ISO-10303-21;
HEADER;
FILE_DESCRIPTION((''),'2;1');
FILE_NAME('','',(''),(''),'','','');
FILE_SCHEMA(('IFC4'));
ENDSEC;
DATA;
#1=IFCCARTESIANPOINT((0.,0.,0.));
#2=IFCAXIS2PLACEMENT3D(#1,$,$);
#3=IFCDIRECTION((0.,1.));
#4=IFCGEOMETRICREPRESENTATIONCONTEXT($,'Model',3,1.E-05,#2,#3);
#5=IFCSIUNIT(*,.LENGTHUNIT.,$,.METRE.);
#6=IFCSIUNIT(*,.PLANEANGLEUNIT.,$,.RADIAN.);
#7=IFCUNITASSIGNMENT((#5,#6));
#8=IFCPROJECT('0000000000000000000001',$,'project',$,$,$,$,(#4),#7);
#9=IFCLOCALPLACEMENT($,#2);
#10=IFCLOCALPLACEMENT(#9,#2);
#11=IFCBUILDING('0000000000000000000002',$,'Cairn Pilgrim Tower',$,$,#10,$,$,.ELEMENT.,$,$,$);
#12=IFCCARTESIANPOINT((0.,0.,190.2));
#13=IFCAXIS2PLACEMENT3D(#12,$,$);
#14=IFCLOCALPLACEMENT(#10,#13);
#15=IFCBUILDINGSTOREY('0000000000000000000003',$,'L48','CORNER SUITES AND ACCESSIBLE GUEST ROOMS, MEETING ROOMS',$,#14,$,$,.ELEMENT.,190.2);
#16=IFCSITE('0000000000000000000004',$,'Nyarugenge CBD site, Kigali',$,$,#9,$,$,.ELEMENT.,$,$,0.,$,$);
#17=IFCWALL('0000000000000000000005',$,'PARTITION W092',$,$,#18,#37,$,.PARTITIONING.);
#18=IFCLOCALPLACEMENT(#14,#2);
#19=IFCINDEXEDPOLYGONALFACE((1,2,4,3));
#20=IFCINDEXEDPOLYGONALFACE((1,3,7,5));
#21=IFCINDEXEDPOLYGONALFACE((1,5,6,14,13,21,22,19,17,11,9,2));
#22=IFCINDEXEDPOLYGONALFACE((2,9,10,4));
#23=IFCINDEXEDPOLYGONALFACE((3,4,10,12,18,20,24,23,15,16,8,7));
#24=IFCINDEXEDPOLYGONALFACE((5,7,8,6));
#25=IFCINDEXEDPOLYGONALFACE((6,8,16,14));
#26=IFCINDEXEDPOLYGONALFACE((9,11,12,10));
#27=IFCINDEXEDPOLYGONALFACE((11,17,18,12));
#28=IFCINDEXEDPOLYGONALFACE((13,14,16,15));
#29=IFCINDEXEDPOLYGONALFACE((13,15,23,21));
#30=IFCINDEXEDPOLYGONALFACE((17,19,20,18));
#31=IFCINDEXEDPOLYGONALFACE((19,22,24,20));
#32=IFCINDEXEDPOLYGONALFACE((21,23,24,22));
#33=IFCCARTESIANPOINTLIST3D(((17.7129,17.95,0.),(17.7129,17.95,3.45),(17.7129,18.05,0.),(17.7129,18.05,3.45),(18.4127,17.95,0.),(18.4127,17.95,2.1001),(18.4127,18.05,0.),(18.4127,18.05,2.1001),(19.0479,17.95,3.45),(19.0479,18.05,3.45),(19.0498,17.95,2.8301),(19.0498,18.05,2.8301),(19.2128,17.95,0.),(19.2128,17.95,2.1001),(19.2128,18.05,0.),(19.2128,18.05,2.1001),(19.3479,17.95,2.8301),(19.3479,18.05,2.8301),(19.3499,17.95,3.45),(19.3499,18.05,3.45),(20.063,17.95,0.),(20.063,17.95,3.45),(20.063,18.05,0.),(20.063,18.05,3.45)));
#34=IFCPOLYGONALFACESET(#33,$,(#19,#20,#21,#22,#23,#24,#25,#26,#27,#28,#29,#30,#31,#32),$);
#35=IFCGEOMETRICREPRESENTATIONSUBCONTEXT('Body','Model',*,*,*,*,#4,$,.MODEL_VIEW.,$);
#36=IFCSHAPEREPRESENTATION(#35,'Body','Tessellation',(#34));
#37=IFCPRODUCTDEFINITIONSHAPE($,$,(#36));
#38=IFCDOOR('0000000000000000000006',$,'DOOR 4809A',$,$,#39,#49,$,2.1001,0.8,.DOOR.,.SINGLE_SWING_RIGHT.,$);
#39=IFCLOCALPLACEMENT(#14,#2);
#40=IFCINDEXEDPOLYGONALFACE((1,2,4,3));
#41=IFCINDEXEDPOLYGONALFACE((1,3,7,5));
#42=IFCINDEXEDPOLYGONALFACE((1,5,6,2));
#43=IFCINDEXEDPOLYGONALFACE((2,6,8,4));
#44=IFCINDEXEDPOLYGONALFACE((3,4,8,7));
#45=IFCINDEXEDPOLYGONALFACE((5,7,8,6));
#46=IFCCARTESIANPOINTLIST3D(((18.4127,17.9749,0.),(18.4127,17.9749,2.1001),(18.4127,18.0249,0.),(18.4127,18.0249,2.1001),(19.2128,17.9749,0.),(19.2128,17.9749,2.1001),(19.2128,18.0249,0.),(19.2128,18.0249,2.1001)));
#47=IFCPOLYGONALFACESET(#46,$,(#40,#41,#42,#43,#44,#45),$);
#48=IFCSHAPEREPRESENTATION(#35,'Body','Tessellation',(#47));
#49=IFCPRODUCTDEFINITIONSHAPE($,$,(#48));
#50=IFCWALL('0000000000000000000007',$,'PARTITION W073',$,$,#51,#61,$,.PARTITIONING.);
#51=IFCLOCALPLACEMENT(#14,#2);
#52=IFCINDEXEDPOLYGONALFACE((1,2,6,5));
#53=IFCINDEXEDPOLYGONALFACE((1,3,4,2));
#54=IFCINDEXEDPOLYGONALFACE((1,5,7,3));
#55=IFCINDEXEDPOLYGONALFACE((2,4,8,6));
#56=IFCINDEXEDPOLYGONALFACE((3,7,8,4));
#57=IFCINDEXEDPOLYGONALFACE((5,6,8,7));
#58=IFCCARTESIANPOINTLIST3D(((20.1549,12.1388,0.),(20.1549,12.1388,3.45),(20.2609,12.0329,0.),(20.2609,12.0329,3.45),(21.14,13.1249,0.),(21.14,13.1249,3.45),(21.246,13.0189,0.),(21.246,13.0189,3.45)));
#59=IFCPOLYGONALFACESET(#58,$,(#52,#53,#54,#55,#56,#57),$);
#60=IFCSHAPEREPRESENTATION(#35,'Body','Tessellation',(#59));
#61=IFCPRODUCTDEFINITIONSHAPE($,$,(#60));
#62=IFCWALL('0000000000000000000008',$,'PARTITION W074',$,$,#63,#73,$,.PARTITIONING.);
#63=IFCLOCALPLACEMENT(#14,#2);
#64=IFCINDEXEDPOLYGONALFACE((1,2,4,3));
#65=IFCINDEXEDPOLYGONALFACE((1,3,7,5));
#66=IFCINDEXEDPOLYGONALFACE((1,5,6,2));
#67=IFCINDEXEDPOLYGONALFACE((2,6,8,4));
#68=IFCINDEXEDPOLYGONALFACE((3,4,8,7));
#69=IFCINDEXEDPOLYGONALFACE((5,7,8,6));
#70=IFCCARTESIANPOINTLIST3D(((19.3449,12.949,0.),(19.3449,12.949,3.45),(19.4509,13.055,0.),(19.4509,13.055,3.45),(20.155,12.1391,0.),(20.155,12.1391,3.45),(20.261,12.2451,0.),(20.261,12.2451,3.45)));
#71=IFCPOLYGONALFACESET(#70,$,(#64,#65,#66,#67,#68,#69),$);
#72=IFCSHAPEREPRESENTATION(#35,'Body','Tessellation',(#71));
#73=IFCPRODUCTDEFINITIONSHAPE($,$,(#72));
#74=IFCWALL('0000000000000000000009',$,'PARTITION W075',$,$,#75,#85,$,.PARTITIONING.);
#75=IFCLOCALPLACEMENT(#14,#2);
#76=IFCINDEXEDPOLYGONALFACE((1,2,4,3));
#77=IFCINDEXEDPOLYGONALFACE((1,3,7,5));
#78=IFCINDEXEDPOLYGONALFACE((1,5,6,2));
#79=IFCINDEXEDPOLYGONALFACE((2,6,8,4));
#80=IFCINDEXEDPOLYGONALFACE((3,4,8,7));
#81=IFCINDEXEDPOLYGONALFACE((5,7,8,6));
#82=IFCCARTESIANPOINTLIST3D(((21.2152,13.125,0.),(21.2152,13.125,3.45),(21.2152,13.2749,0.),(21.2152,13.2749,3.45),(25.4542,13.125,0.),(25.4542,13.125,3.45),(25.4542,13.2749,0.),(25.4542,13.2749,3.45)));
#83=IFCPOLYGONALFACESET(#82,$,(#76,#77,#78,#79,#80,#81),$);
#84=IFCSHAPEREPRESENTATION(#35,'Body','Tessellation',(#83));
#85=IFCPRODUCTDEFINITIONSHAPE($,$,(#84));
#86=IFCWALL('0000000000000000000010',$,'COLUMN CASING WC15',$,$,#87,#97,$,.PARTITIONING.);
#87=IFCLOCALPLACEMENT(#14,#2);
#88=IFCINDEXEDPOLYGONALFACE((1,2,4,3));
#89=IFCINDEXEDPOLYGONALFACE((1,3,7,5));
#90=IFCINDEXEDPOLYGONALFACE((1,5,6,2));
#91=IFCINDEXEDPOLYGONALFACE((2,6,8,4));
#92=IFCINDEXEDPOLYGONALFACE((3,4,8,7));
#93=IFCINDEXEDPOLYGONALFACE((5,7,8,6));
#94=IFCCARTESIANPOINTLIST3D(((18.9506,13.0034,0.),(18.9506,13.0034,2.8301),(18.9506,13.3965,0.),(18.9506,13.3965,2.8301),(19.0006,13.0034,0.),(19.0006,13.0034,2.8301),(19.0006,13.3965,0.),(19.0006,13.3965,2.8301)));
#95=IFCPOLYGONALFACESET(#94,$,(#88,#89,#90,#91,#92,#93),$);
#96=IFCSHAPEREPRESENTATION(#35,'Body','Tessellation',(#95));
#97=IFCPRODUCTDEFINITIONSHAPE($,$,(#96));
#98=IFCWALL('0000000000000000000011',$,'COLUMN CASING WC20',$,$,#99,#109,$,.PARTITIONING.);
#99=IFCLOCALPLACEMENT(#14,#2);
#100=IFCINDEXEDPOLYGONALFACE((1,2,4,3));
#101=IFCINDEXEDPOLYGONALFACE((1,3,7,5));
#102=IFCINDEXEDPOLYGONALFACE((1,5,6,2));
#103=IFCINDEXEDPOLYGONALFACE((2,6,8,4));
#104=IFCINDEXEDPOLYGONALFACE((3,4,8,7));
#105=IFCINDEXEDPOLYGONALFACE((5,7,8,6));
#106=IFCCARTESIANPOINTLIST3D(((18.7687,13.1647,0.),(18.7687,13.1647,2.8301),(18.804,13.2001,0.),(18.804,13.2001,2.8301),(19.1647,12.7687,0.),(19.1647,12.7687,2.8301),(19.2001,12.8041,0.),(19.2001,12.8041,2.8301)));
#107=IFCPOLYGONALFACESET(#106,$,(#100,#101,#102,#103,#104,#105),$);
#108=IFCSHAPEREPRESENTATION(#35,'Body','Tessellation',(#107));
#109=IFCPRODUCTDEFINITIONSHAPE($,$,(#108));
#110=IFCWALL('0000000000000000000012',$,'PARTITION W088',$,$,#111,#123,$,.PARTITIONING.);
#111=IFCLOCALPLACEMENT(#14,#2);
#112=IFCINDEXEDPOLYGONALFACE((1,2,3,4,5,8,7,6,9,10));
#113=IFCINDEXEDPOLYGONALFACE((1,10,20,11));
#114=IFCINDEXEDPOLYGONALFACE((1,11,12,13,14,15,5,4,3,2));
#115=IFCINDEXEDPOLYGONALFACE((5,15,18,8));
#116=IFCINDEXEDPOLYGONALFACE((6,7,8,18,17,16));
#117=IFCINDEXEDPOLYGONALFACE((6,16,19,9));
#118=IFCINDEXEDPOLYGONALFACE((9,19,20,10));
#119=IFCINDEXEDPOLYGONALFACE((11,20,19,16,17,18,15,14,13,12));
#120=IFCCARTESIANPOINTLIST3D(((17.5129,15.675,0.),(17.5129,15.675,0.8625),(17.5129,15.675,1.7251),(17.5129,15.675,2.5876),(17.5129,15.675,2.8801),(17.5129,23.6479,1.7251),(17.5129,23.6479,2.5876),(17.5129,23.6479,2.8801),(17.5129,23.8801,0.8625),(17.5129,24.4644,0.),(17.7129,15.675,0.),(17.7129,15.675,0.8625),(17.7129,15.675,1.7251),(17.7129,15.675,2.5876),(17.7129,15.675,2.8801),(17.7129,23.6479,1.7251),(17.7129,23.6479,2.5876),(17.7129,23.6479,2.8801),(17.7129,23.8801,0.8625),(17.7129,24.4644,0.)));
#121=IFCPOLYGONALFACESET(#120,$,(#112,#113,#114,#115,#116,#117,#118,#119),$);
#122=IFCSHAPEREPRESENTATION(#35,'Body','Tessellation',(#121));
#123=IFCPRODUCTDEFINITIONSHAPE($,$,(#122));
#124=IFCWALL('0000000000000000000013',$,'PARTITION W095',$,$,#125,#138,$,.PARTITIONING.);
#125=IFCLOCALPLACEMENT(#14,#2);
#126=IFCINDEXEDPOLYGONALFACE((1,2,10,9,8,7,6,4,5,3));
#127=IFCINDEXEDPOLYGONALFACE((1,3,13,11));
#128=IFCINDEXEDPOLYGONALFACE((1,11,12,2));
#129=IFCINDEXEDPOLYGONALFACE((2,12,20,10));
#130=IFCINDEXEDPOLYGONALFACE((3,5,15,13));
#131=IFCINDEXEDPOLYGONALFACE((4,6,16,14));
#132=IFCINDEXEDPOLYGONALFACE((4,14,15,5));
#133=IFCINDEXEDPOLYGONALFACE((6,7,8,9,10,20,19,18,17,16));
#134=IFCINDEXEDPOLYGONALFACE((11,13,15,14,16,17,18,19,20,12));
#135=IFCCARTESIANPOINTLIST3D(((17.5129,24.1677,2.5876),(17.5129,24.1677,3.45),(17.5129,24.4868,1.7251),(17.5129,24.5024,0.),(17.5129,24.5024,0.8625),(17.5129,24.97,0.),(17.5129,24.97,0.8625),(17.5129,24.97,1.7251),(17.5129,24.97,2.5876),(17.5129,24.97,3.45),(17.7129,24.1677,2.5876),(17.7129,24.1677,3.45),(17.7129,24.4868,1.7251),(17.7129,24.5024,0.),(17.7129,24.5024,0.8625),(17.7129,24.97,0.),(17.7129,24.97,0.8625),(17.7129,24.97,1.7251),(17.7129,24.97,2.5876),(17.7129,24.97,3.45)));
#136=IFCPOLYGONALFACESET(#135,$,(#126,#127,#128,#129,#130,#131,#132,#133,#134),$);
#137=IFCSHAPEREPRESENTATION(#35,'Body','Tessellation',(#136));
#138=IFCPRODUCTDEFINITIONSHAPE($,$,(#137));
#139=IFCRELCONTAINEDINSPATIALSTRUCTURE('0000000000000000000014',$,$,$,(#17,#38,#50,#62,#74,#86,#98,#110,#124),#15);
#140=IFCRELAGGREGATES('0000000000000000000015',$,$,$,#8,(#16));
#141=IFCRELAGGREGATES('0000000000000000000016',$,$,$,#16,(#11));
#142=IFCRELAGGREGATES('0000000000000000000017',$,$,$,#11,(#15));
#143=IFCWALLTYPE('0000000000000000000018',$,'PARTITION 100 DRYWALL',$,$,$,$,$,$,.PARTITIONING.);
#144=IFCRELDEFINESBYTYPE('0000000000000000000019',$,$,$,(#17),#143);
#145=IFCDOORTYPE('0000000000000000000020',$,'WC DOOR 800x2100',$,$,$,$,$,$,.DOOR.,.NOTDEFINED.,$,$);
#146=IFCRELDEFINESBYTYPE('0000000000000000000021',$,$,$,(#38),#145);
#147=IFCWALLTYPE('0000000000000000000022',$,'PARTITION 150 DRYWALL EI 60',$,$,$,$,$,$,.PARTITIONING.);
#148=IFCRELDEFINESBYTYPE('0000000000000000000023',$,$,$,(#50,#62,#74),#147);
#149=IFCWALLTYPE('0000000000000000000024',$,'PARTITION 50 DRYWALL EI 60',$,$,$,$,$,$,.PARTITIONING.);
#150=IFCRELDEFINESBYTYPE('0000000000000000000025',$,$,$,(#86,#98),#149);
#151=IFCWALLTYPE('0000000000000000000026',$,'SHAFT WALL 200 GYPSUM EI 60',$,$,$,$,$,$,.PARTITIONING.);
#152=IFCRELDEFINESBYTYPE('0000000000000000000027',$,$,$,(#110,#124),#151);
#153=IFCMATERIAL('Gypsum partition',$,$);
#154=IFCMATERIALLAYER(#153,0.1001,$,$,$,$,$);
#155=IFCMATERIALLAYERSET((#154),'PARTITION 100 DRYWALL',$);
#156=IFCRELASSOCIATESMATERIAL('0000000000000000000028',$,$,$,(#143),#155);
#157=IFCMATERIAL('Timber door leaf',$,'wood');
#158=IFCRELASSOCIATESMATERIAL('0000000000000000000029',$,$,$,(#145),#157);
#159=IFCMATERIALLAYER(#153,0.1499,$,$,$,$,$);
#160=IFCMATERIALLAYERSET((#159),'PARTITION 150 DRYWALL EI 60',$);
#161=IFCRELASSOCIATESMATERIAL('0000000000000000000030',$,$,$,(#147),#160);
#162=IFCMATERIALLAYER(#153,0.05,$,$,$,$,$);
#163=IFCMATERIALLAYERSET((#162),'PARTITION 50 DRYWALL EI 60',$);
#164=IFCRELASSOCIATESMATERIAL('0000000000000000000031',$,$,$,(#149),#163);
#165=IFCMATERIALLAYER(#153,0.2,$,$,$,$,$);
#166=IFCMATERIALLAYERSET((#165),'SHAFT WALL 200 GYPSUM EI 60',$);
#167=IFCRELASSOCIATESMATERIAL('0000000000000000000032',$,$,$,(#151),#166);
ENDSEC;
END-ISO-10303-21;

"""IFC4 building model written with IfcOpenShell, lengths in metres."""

from ifc_helpers import new_model, si_unit, direction, frame, frame_2d, origin, place, context, subcontext, project, spatial, polyline, rectangle, outline, extrude, material, layer, layer_set, type_object, element, fill, save


model = new_model("IFC4")

# Units and contexts
model_context = context("Model", 3, precision=1e-05, world=origin(), true_north=direction((0.0, 1.0)))
body_context = subcontext(model_context, "Body", "Model", "MODEL_VIEW")
ifc_project = project(units=[si_unit("LENGTHUNIT", "METRE"), si_unit("PLANEANGLEUNIT", "RADIAN")], contexts=[model_context])

# Site, building, storey
site_placement = place(None, origin())
site = spatial("IfcSite", under=ifc_project, at=site_placement, Name="Nyarugenge CBD site, Kigali", CompositionType="ELEMENT", RefElevation=0.0)
building_placement = place(site_placement, origin())
building = spatial("IfcBuilding", under=site, at=building_placement, Name="Cairn Pilgrim Tower", CompositionType="ELEMENT")
storey_placement = place(building_placement, frame((0.0, 0.0, 190.2)))
storey = spatial("IfcBuildingStorey", under=building, at=storey_placement, Name="L48", Description="CORNER SUITES AND ACCESSIBLE GUEST ROOMS, MEETING ROOMS", CompositionType="ELEMENT", Elevation=190.2)

# Shared definitions
ifc_material_1 = material(Name="Gypsum partition")
ifc_layer_1 = layer(ifc_material_1, 0.1001)
ifc_layer_set_1 = layer_set([ifc_layer_1], Name="PARTITION 100 DRYWALL")
wall_type_1 = type_object("IfcWallType", Name="PARTITION 100 DRYWALL", PredefinedType="PARTITIONING", material=ifc_layer_set_1)

# Shared definitions
ifc_material_2 = material(Name="Timber door leaf", Category="wood")

# Wall, opening, door
wall_1_placement = place(storey_placement, frame((17.7129, 18.0, 0.0), z_axis=(0.0, 0.0, 1.0), x_axis=(1.0, 0.0, 0.0)))
wall_1 = element("IfcWall", 1, at=wall_1_placement, inside=storey, type_object=wall_type_1, Name="PARTITION W092", PredefinedType="PARTITIONING", context=body_context, shape_type="SweptSolid", body=[
    extrude(outline(polyline([(0.0, 0.0), (2.3501, 0.0), (2.3501, 3.45), (1.637, 3.45), (1.635, 2.8301), (1.3369, 2.8301), (1.335, 3.45), (0.0, 3.45), (0.0, 0.0)])), frame((0.0, 0.05, 0.0), z_axis=(0.0, -1.0, 0.0), x_axis=(1.0, 0.0, 0.0)), (0.0, 0.0, 1.0), 0.1001),
])
opening_1_placement = place(wall_1_placement, frame((0.7, 0.0, 0.0)))
opening_1 = element("IfcOpeningElement", 2, at=opening_1_placement, cuts=wall_1, PredefinedType="OPENING", context=body_context, shape_type="SweptSolid", body=[
    extrude(rectangle(XDim=0.8, YDim=2.1001, at=frame_2d((0.3999, 1.05))), frame((0.0, 0.0601, 0.0), z_axis=(0.0, -1.0, 0.0), x_axis=(1.0, 0.0, 0.0)), (0.0, 0.0, 1.0), 0.1201),
])
door_type_1 = type_object("IfcDoorType", Name="WC DOOR 800x2100", OperationType="NOTDEFINED", PredefinedType="DOOR", material=ifc_material_2)
door_1_placement = place(opening_1_placement, origin())
door_1 = element("IfcDoor", 3, at=door_1_placement, inside=storey, type_object=door_type_1, Name="DOOR 4809A", OperationType="SINGLE_SWING_RIGHT", OverallHeight=2.1001, OverallWidth=0.8, PredefinedType="DOOR", context=body_context, shape_type="SweptSolid", body=[
    extrude(rectangle(XDim=0.8, YDim=2.1001, at=frame_2d((0.3999, 1.05))), frame((0.0, 0.0249, 0.0), z_axis=(0.0, -1.0, 0.0), x_axis=(1.0, 0.0, 0.0)), (0.0, 0.0, 1.0), 0.05),
])
fill(opening_1, door_1)

# Walls
ifc_layer_2 = layer(ifc_material_1, 0.1499)
ifc_layer_set_2 = layer_set([ifc_layer_2], Name="PARTITION 150 DRYWALL EI 60")
wall_type_2 = type_object("IfcWallType", Name="PARTITION 150 DRYWALL EI 60", PredefinedType="PARTITIONING", material=ifc_layer_set_2)
wall_2_placement = place(storey_placement, frame((20.208, 12.0859, 0.0), z_axis=(0.0, 0.0, 1.0), x_axis=(0.706756, 0.707457, 0.0)))
element("IfcWall", 4, at=wall_2_placement, inside=storey, type_object=wall_type_2, Name="PARTITION W073", PredefinedType="PARTITIONING", context=body_context, shape_type="SweptSolid", body=[
    extrude(rectangle(XDim=1.3938, YDim=0.1499, at=frame_2d((0.6968, 0.0))), origin(), (0.0, 0.0, 1.0), 3.45),
])
wall_3_placement = place(storey_placement, frame((20.208, 12.1921, 0.0), z_axis=(0.0, 0.0, 1.0), x_axis=(-0.707213, 0.707, 0.0)))
element("IfcWall", 5, at=wall_3_placement, inside=storey, type_object=wall_type_2, Name="PARTITION W074", PredefinedType="PARTITIONING", context=body_context, shape_type="SweptSolid", body=[
    extrude(rectangle(XDim=1.1455, YDim=0.1499, at=frame_2d((0.5728, 0.0))), origin(), (0.0, 0.0, 1.0), 3.45),
])
wall_4_placement = place(storey_placement, frame((21.2151, 13.2, 0.0), z_axis=(0.0, 0.0, 1.0), x_axis=(1.0, 0.0, 0.0)))
element("IfcWall", 6, at=wall_4_placement, inside=storey, type_object=wall_type_2, Name="PARTITION W075", PredefinedType="PARTITIONING", context=body_context, shape_type="SweptSolid", body=[
    extrude(rectangle(XDim=4.239, YDim=0.1499, at=frame_2d((2.1196, 0.0))), origin(), (0.0, 0.0, 1.0), 3.45),
])
ifc_layer_3 = layer(ifc_material_1, 0.05)
ifc_layer_set_3 = layer_set([ifc_layer_3], Name="PARTITION 50 DRYWALL EI 60")
wall_type_3 = type_object("IfcWallType", Name="PARTITION 50 DRYWALL EI 60", PredefinedType="PARTITIONING", material=ifc_layer_set_3)
wall_5_placement = place(storey_placement, frame((18.9756, 13.0034, 0.0), z_axis=(0.0, 0.0, 1.0), x_axis=(0.0, 1.0, 0.0)))
element("IfcWall", 7, at=wall_5_placement, inside=storey, type_object=wall_type_3, Name="COLUMN CASING WC15", PredefinedType="PARTITIONING", context=body_context, shape_type="SweptSolid", body=[
    extrude(rectangle(XDim=0.3931, YDim=0.05, at=frame_2d((0.1965, 0.0))), origin(), (0.0, 0.0, 1.0), 2.8301),
])
wall_6_placement = place(storey_placement, frame((19.1824, 12.7864, 0.0), z_axis=(0.0, 0.0, 1.0), x_axis=(-0.707107, 0.707107, 0.0)))
element("IfcWall", 8, at=wall_6_placement, inside=storey, type_object=wall_type_3, Name="COLUMN CASING WC20", PredefinedType="PARTITIONING", context=body_context, shape_type="SweptSolid", body=[
    extrude(rectangle(XDim=0.5601, YDim=0.05, at=frame_2d((0.28, 0.0))), origin(), (0.0, 0.0, 1.0), 2.8301),
])
ifc_layer_4 = layer(ifc_material_1, 0.2)
ifc_layer_set_4 = layer_set([ifc_layer_4], Name="SHAFT WALL 200 GYPSUM EI 60")
wall_type_4 = type_object("IfcWallType", Name="SHAFT WALL 200 GYPSUM EI 60", PredefinedType="PARTITIONING", material=ifc_layer_set_4)
wall_7_placement = place(storey_placement, frame((17.613, 15.675, 0.0), z_axis=(0.0, 0.0, 1.0), x_axis=(0.0, 1.0, 0.0)))
element("IfcWall", 9, at=wall_7_placement, inside=storey, type_object=wall_type_4, Name="PARTITION W088", PredefinedType="PARTITIONING", context=body_context, shape_type="SweptSolid", body=[
    extrude(outline(polyline([(0.0, 0.0), (8.7893, 0.0), (8.2051, 0.8625), (7.9729, 1.7251), (7.9729, 2.5876), (7.9729, 2.8801), (0.0, 2.8801), (0.0, 2.5876), (0.0, 1.7251), (0.0, 0.8625), (0.0, 0.0)])), frame((0.0, 0.1001, 0.0), z_axis=(0.0, -1.0, 0.0), x_axis=(1.0, 0.0, 0.0)), (0.0, 0.0, 1.0), 0.2),
])
wall_8_placement = place(storey_placement, frame((17.613, 24.1677, 0.0), z_axis=(0.0, 0.0, 1.0), x_axis=(0.0, 1.0, 0.0)))
element("IfcWall", 10, at=wall_8_placement, inside=storey, type_object=wall_type_4, Name="PARTITION W095", PredefinedType="PARTITIONING", context=body_context, shape_type="SweptSolid", body=[
    extrude(outline(polyline([(0.3347, 0.0), (0.8022, 0.0), (0.8022, 0.8625), (0.8022, 1.7251), (0.8022, 2.5876), (0.8022, 3.45), (0.0, 3.45), (0.0, 2.5876), (0.3191, 1.7251), (0.3347, 0.8625), (0.3347, 0.0)])), frame((0.0, 0.1001, 0.0), z_axis=(0.0, -1.0, 0.0), x_axis=(1.0, 0.0, 0.0)), (0.0, 0.0, 1.0), 0.2),
])

save(model, "model.ifc")
